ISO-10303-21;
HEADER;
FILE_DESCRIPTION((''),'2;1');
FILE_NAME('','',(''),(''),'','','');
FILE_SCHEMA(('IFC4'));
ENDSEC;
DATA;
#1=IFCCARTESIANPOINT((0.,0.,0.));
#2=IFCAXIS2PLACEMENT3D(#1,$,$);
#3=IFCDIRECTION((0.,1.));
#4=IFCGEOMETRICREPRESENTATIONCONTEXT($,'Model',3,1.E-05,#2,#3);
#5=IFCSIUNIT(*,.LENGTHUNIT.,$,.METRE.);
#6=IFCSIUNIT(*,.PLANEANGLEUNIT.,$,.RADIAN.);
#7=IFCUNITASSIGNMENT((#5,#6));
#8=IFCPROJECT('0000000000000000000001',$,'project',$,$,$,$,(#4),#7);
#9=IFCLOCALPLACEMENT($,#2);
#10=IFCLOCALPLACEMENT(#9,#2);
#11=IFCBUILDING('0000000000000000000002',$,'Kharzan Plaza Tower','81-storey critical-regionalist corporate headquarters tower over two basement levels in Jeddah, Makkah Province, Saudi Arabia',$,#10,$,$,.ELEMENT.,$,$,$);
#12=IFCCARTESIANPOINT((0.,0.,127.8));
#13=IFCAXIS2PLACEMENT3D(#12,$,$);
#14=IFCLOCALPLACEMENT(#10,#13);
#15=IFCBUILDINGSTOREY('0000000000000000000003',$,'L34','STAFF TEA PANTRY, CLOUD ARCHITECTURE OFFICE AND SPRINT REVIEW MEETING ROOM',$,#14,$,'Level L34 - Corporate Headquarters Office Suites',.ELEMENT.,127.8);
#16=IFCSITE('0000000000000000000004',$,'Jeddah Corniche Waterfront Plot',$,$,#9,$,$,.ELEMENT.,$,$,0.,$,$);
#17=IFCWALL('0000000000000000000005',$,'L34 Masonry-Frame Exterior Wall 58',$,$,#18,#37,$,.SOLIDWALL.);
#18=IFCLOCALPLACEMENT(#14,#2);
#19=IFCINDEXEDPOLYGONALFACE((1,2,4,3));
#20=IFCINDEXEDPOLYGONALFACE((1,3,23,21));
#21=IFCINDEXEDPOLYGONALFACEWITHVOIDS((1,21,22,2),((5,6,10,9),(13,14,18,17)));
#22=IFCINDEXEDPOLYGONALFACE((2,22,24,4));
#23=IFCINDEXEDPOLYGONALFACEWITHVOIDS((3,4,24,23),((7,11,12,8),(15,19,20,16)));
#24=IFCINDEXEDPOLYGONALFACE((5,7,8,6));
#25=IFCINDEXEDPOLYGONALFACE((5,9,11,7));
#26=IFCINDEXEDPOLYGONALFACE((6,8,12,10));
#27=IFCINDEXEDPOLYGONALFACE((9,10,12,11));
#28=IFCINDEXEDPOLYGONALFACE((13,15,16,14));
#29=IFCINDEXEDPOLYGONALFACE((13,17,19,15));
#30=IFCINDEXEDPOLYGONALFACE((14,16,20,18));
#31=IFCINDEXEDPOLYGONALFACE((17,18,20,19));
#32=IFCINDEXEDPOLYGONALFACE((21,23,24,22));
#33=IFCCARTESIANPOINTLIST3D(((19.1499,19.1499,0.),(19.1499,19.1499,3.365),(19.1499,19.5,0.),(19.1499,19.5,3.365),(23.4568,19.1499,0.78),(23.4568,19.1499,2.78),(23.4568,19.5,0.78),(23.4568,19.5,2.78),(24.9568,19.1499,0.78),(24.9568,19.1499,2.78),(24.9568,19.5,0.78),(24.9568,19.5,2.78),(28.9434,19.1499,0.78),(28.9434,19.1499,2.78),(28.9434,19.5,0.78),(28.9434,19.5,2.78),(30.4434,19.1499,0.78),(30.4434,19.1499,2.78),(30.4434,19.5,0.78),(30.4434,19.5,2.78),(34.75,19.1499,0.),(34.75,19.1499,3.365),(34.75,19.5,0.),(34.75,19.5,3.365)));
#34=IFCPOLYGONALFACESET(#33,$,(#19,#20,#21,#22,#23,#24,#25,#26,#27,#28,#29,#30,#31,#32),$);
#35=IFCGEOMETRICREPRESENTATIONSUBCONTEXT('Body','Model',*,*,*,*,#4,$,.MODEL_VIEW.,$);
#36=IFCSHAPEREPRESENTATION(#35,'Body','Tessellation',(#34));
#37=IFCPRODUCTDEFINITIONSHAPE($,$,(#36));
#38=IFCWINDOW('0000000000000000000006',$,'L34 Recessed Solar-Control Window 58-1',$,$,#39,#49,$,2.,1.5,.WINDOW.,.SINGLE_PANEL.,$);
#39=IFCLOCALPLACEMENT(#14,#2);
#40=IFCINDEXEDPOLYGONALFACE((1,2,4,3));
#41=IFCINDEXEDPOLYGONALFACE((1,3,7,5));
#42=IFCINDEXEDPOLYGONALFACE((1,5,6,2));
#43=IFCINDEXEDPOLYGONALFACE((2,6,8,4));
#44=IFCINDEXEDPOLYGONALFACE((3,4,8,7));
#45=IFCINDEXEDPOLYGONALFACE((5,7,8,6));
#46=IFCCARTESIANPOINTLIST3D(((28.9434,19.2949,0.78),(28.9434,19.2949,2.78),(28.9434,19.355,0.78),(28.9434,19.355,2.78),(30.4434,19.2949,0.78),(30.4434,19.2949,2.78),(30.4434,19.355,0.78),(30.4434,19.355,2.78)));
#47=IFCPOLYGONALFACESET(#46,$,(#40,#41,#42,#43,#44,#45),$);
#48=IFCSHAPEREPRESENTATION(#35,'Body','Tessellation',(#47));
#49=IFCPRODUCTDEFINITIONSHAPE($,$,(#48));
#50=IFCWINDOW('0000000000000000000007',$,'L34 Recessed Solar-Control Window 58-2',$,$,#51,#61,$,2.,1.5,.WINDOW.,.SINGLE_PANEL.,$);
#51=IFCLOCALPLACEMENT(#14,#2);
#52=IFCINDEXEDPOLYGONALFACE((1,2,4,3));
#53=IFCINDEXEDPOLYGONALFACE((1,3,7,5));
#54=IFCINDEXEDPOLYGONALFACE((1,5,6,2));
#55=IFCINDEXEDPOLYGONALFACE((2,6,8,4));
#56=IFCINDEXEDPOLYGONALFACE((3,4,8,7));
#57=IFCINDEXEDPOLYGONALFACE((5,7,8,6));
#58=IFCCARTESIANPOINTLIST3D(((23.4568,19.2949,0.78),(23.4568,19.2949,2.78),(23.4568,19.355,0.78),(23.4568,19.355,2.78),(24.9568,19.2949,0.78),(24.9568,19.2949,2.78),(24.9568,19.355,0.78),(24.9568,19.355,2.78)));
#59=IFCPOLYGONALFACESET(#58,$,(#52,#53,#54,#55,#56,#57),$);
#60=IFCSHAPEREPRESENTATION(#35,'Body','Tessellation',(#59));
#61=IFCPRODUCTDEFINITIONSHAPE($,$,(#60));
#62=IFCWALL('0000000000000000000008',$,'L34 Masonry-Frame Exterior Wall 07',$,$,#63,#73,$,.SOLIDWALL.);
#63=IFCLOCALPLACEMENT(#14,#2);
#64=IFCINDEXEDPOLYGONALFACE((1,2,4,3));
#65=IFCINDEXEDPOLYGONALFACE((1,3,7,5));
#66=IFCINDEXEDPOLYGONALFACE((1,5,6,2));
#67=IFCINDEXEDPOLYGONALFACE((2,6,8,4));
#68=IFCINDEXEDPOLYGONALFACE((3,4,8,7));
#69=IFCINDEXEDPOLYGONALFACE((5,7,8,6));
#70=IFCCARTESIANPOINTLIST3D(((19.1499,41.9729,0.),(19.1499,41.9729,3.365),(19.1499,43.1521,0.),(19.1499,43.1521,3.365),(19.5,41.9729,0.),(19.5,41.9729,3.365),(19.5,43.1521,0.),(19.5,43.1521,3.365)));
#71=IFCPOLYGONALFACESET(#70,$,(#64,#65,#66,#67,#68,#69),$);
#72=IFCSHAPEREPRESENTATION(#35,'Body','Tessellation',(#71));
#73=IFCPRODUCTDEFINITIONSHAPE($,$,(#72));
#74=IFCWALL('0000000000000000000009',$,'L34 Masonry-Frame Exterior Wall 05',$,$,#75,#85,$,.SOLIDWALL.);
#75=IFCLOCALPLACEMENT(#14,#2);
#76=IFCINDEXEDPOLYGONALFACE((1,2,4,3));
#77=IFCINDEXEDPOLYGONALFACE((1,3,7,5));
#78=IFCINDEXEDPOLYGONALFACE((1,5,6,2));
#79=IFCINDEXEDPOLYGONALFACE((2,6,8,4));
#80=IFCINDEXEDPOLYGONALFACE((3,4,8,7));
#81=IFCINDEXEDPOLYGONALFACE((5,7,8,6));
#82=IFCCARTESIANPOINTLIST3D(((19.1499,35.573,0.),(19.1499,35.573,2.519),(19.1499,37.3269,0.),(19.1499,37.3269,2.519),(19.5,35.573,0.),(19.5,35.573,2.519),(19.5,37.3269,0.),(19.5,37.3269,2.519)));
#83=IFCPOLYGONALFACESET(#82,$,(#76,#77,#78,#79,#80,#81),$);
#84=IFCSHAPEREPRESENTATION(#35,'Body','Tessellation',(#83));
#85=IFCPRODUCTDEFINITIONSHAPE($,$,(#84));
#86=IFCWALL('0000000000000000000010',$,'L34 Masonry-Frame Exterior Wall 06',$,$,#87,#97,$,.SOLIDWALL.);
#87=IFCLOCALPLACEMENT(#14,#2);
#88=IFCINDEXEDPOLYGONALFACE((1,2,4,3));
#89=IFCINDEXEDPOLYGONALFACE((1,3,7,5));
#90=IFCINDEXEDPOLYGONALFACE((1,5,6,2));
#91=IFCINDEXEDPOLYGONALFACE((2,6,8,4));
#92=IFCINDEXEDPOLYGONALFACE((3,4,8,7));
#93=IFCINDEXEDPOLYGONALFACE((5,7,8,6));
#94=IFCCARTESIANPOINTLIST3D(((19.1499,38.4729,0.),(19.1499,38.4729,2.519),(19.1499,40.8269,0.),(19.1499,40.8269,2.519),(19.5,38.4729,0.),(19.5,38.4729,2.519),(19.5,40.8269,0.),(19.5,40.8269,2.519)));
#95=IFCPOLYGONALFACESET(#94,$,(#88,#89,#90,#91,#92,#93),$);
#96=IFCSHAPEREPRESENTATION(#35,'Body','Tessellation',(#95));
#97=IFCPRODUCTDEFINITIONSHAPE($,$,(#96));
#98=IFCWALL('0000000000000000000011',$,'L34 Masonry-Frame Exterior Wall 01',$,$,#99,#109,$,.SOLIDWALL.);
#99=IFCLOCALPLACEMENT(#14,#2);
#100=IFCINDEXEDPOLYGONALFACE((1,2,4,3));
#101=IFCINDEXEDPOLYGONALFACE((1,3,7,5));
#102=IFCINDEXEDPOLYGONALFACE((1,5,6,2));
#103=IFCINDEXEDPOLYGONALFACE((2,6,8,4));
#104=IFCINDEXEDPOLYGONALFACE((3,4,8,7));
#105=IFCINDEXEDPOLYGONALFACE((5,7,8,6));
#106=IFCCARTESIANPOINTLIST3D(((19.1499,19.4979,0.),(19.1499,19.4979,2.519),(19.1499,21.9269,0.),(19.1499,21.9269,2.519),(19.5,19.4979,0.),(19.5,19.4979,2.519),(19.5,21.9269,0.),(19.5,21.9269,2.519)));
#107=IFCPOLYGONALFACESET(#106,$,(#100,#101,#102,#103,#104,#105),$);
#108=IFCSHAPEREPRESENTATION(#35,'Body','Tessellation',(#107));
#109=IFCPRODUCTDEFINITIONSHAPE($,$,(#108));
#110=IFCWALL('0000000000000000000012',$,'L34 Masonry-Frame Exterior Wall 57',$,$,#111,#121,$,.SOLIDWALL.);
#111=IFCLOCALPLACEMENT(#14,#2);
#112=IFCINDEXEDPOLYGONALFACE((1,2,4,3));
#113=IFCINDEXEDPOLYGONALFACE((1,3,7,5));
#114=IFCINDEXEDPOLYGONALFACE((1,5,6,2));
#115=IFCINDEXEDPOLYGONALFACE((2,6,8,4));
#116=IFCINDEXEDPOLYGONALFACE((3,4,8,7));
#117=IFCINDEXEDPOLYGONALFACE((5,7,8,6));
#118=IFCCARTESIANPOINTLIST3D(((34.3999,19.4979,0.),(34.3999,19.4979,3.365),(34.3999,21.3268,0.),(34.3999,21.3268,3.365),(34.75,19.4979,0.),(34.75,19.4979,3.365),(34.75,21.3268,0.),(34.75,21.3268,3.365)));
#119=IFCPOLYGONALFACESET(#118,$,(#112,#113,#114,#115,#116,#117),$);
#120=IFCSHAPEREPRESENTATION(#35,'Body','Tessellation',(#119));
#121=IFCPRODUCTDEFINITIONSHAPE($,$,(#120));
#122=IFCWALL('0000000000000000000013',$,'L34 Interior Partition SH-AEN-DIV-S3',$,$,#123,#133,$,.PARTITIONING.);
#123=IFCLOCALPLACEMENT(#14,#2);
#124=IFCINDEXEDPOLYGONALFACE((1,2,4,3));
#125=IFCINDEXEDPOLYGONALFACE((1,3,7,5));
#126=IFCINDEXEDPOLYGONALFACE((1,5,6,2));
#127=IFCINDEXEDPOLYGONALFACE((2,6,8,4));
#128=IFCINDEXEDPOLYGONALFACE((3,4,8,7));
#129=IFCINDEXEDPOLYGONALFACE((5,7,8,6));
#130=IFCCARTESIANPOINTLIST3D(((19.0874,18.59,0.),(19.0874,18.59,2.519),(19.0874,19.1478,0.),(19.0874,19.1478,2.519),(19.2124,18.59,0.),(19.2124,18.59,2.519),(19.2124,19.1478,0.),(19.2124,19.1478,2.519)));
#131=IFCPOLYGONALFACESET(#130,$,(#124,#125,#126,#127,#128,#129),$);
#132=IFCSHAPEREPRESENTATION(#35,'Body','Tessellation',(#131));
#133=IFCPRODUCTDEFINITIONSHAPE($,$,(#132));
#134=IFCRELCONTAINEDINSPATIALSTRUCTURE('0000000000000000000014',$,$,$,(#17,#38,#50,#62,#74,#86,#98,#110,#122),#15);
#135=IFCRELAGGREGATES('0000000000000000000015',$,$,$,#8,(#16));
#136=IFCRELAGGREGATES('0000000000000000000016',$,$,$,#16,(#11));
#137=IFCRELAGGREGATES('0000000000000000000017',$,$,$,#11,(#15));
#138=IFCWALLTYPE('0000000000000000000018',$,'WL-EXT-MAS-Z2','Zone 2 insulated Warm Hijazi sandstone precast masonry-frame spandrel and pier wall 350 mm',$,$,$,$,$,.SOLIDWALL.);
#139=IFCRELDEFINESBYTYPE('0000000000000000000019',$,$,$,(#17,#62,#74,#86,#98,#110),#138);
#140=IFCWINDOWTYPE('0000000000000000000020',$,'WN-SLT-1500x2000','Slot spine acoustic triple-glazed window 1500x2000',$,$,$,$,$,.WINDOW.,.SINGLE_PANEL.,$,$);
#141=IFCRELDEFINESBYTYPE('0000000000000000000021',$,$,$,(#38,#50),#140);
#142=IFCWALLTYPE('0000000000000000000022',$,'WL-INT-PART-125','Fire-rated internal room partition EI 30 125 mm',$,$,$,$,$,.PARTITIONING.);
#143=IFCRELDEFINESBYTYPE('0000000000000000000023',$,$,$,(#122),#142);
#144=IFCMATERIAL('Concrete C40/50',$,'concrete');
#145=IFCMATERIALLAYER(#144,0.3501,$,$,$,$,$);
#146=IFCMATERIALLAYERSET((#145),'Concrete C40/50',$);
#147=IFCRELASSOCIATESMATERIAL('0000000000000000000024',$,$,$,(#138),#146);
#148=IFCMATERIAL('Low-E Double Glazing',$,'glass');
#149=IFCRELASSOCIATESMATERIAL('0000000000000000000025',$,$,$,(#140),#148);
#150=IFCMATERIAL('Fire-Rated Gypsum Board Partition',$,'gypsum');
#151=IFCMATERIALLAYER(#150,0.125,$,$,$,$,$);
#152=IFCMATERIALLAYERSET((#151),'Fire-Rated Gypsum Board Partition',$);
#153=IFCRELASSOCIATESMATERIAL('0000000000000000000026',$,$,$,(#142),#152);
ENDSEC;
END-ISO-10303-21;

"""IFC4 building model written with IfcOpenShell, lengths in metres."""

from ifc_helpers import new_model, si_unit, direction, frame, frame_2d, origin, place, context, subcontext, project, spatial, rectangle, extrude, source, transform, mapped, material, layer, layer_set, type_object, element, fill, save


model = new_model("IFC4")

# Units and contexts
model_context = context("Model", 3, precision=1e-05, world=origin(), true_north=direction((0.0, 1.0)))
body_context = subcontext(model_context, "Body", "Model", "MODEL_VIEW")
ifc_project = project(units=[si_unit("LENGTHUNIT", "METRE"), si_unit("PLANEANGLEUNIT", "RADIAN")], contexts=[model_context])

# Site, building, storey
site_placement = place(None, origin())
site = spatial("IfcSite", under=ifc_project, at=site_placement, Name="Jeddah Corniche Waterfront Plot", CompositionType="ELEMENT", RefElevation=0.0)
building_placement = place(site_placement, origin())
building = spatial("IfcBuilding", under=site, at=building_placement, Name="Kharzan Plaza Tower", Description="81-storey critical-regionalist corporate headquarters tower over two basement levels in Jeddah, Makkah Province, Saudi Arabia", CompositionType="ELEMENT")
storey_placement = place(building_placement, frame((0.0, 0.0, 127.8)))
storey = spatial("IfcBuildingStorey", under=building, at=storey_placement, Name="L34", Description="STAFF TEA PANTRY, CLOUD ARCHITECTURE OFFICE AND SPRINT REVIEW MEETING ROOM", LongName="Level L34 - Corporate Headquarters Office Suites", CompositionType="ELEMENT", Elevation=127.8)

# Shared definitions
ifc_material_1 = material(Name="Concrete C40/50", Category="concrete")
ifc_layer_1 = layer(ifc_material_1, 0.3501)
ifc_layer_set_1 = layer_set([ifc_layer_1], Name="Concrete C40/50")
wall_type_1 = type_object("IfcWallType", Name="WL-EXT-MAS-Z2", Description="Zone 2 insulated Warm Hijazi sandstone precast masonry-frame spandrel and pier wall 350 mm", PredefinedType="SOLIDWALL", material=ifc_layer_set_1)
ifc_material_2 = material(Name="Low-E Double Glazing", Category="glass")
window_type_1 = type_object("IfcWindowType", Name="WN-SLT-1500x2000", Description="Slot spine acoustic triple-glazed window 1500x2000", PartitioningType="SINGLE_PANEL", PredefinedType="WINDOW", material=ifc_material_2)

# Wall, openings, windows
wall_1_placement = place(storey_placement, frame((34.75, 19.325, 0.0), z_axis=(0.0, 0.0, 1.0), x_axis=(-1.0, 0.0, 0.0)))
wall_1 = element("IfcWall", 1, at=wall_1_placement, inside=storey, type_object=wall_type_1, Name="L34 Masonry-Frame Exterior Wall 58", PredefinedType="SOLIDWALL", context=body_context, shape_type="SweptSolid", body=[
    extrude(rectangle(XDim=15.6001, YDim=0.3501, at=frame_2d((7.8, 0.0))), origin(), (0.0, 0.0, 1.0), 3.365),
])
opening_1_placement = place(wall_1_placement, frame((4.3066, 0.0, 0.78)))
opening_1 = element("IfcOpeningElement", 2, at=opening_1_placement, cuts=wall_1, PredefinedType="OPENING", context=body_context, shape_type="SweptSolid", body=[
    extrude(rectangle(XDim=1.5, YDim=2.0, at=frame_2d((0.75, 1.0))), frame((0.0, 0.1851, 0.0), z_axis=(0.0, -1.0, 0.0), x_axis=(1.0, 0.0, 0.0)), (0.0, 0.0, 1.0), 0.3701),
])
opening_2_placement = place(wall_1_placement, frame((9.7932, 0.0, 0.78)))
opening_2 = element("IfcOpeningElement", 3, at=opening_2_placement, cuts=wall_1, PredefinedType="OPENING", context=body_context, shape_type="SweptSolid", body=[
    extrude(rectangle(XDim=1.5, YDim=2.0, at=frame_2d((0.75, 1.0))), frame((0.0, 0.1851, 0.0), z_axis=(0.0, -1.0, 0.0), x_axis=(1.0, 0.0, 0.0)), (0.0, 0.0, 1.0), 0.3701),
])
shared_shape_1 = source(origin(), body_context, "Body", "SweptSolid", [
    extrude(rectangle(XDim=1.5, YDim=2.0, at=frame_2d((0.75, 1.0))), frame((0.0, 0.03, 0.0), z_axis=(0.0, -1.0, 0.0), x_axis=(1.0, 0.0, 0.0)), (0.0, 0.0, 1.0), 0.0601),
])
window_1_placement = place(opening_1_placement, origin())
window_1 = element("IfcWindow", 4, at=window_1_placement, inside=storey, type_object=window_type_1, Name="L34 Recessed Solar-Control Window 58-1", OverallHeight=2.0, OverallWidth=1.5, PartitioningType="SINGLE_PANEL", PredefinedType="WINDOW", context=body_context, shape_type="MappedRepresentation", body=[
    mapped(shared_shape_1, transform((0.0, 0.0, 0.0), x_axis=(1.0, 0.0, 0.0), y_axis=(0.0, 1.0, 0.0), z_axis=(0.0, 0.0, 1.0))),
])
fill(opening_1, window_1)
window_2_placement = place(opening_2_placement, origin())
window_2 = element("IfcWindow", 5, at=window_2_placement, inside=storey, type_object=window_type_1, Name="L34 Recessed Solar-Control Window 58-2", OverallHeight=2.0, OverallWidth=1.5, PartitioningType="SINGLE_PANEL", PredefinedType="WINDOW", context=body_context, shape_type="MappedRepresentation", body=[
    mapped(shared_shape_1, transform((0.0, 0.0, 0.0), x_axis=(1.0, 0.0, 0.0), y_axis=(0.0, 1.0, 0.0), z_axis=(0.0, 0.0, 1.0))),
])
fill(opening_2, window_2)

# Walls
shared_shape_2 = source(origin(), body_context, "Body", "SweptSolid", [
    extrude(rectangle(XDim=1.1792, YDim=0.3501, at=frame_2d((0.5896, 0.0))), origin(), (0.0, 0.0, 1.0), 3.365),
])
wall_2_placement = place(storey_placement, frame((19.325, 41.9729, 0.0), z_axis=(0.0, 0.0, 1.0), x_axis=(0.0, 1.0, 0.0)))
element("IfcWall", 6, at=wall_2_placement, inside=storey, type_object=wall_type_1, Name="L34 Masonry-Frame Exterior Wall 07", PredefinedType="SOLIDWALL", context=body_context, shape_type="MappedRepresentation", body=[
    mapped(shared_shape_2, transform((0.0, 0.0, 0.0), x_axis=(1.0, 0.0, 0.0), y_axis=(0.0, 1.0, 0.0), z_axis=(0.0, 0.0, 1.0))),
])
shared_shape_3 = source(origin(), body_context, "Body", "SweptSolid", [
    extrude(rectangle(XDim=1.7539, YDim=0.3501, at=frame_2d((0.877, 0.0))), origin(), (0.0, 0.0, 1.0), 2.519),
])
wall_3_placement = place(storey_placement, frame((19.325, 35.573, 0.0), z_axis=(0.0, 0.0, 1.0), x_axis=(0.0, 1.0, 0.0)))
element("IfcWall", 7, at=wall_3_placement, inside=storey, type_object=wall_type_1, Name="L34 Masonry-Frame Exterior Wall 05", PredefinedType="SOLIDWALL", context=body_context, shape_type="MappedRepresentation", body=[
    mapped(shared_shape_3, transform((0.0, 0.0, 0.0), x_axis=(1.0, 0.0, 0.0), y_axis=(0.0, 1.0, 0.0), z_axis=(0.0, 0.0, 1.0))),
])
shared_shape_4 = source(origin(), body_context, "Body", "SweptSolid", [
    extrude(rectangle(XDim=2.354, YDim=0.3501, at=frame_2d((1.177, 0.0))), origin(), (0.0, 0.0, 1.0), 2.519),
])
wall_4_placement = place(storey_placement, frame((19.325, 38.4729, 0.0), z_axis=(0.0, 0.0, 1.0), x_axis=(0.0, 1.0, 0.0)))
element("IfcWall", 8, at=wall_4_placement, inside=storey, type_object=wall_type_1, Name="L34 Masonry-Frame Exterior Wall 06", PredefinedType="SOLIDWALL", context=body_context, shape_type="MappedRepresentation", body=[
    mapped(shared_shape_4, transform((0.0, 0.0, 0.0), x_axis=(1.0, 0.0, 0.0), y_axis=(0.0, 1.0, 0.0), z_axis=(0.0, 0.0, 1.0))),
])
shared_shape_5 = source(origin(), body_context, "Body", "SweptSolid", [
    extrude(rectangle(XDim=2.429, YDim=0.3501, at=frame_2d((1.2144, 0.0))), origin(), (0.0, 0.0, 1.0), 2.519),
])
wall_5_placement = place(storey_placement, frame((19.325, 19.498, 0.0), z_axis=(0.0, 0.0, 1.0), x_axis=(0.0, 1.0, 0.0)))
element("IfcWall", 9, at=wall_5_placement, inside=storey, type_object=wall_type_1, Name="L34 Masonry-Frame Exterior Wall 01", PredefinedType="SOLIDWALL", context=body_context, shape_type="MappedRepresentation", body=[
    mapped(shared_shape_5, transform((0.0, 0.0, 0.0), x_axis=(1.0, 0.0, 0.0), y_axis=(0.0, 1.0, 0.0), z_axis=(0.0, 0.0, 1.0))),
])
shared_shape_6 = source(origin(), body_context, "Body", "SweptSolid", [
    extrude(rectangle(XDim=1.8289, YDim=0.3501, at=frame_2d((0.9146, 0.0))), origin(), (0.0, 0.0, 1.0), 3.365),
])
wall_6_placement = place(storey_placement, frame((34.575, 21.3269, 0.0), z_axis=(0.0, 0.0, 1.0), x_axis=(0.0, -1.0, 0.0)))
element("IfcWall", 10, at=wall_6_placement, inside=storey, type_object=wall_type_1, Name="L34 Masonry-Frame Exterior Wall 57", PredefinedType="SOLIDWALL", context=body_context, shape_type="MappedRepresentation", body=[
    mapped(shared_shape_6, transform((0.0, 0.0, 0.0), x_axis=(1.0, 0.0, 0.0), y_axis=(0.0, 1.0, 0.0), z_axis=(0.0, 0.0, 1.0))),
])
ifc_material_3 = material(Name="Fire-Rated Gypsum Board Partition", Category="gypsum")
ifc_layer_2 = layer(ifc_material_3, 0.125)
ifc_layer_set_2 = layer_set([ifc_layer_2], Name="Fire-Rated Gypsum Board Partition")
wall_type_2 = type_object("IfcWallType", Name="WL-INT-PART-125", Description="Fire-rated internal room partition EI 30 125 mm", PredefinedType="PARTITIONING", material=ifc_layer_set_2)
shared_shape_7 = source(origin(), body_context, "Body", "SweptSolid", [
    extrude(rectangle(XDim=0.5579, YDim=0.125, at=frame_2d((0.2788, 0.0))), origin(), (0.0, 0.0, 1.0), 2.519),
])
wall_7_placement = place(storey_placement, frame((19.1499, 18.5901, 0.0), z_axis=(0.0, 0.0, 1.0), x_axis=(0.0, 1.0, 0.0)))
element("IfcWall", 11, at=wall_7_placement, inside=storey, type_object=wall_type_2, Name="L34 Interior Partition SH-AEN-DIV-S3", PredefinedType="PARTITIONING", context=body_context, shape_type="MappedRepresentation", body=[
    mapped(shared_shape_7, transform((0.0, 0.0, 0.0), x_axis=(1.0, 0.0, 0.0), y_axis=(0.0, 1.0, 0.0), z_axis=(0.0, 0.0, 1.0))),
])

save(model, "model.ifc")
